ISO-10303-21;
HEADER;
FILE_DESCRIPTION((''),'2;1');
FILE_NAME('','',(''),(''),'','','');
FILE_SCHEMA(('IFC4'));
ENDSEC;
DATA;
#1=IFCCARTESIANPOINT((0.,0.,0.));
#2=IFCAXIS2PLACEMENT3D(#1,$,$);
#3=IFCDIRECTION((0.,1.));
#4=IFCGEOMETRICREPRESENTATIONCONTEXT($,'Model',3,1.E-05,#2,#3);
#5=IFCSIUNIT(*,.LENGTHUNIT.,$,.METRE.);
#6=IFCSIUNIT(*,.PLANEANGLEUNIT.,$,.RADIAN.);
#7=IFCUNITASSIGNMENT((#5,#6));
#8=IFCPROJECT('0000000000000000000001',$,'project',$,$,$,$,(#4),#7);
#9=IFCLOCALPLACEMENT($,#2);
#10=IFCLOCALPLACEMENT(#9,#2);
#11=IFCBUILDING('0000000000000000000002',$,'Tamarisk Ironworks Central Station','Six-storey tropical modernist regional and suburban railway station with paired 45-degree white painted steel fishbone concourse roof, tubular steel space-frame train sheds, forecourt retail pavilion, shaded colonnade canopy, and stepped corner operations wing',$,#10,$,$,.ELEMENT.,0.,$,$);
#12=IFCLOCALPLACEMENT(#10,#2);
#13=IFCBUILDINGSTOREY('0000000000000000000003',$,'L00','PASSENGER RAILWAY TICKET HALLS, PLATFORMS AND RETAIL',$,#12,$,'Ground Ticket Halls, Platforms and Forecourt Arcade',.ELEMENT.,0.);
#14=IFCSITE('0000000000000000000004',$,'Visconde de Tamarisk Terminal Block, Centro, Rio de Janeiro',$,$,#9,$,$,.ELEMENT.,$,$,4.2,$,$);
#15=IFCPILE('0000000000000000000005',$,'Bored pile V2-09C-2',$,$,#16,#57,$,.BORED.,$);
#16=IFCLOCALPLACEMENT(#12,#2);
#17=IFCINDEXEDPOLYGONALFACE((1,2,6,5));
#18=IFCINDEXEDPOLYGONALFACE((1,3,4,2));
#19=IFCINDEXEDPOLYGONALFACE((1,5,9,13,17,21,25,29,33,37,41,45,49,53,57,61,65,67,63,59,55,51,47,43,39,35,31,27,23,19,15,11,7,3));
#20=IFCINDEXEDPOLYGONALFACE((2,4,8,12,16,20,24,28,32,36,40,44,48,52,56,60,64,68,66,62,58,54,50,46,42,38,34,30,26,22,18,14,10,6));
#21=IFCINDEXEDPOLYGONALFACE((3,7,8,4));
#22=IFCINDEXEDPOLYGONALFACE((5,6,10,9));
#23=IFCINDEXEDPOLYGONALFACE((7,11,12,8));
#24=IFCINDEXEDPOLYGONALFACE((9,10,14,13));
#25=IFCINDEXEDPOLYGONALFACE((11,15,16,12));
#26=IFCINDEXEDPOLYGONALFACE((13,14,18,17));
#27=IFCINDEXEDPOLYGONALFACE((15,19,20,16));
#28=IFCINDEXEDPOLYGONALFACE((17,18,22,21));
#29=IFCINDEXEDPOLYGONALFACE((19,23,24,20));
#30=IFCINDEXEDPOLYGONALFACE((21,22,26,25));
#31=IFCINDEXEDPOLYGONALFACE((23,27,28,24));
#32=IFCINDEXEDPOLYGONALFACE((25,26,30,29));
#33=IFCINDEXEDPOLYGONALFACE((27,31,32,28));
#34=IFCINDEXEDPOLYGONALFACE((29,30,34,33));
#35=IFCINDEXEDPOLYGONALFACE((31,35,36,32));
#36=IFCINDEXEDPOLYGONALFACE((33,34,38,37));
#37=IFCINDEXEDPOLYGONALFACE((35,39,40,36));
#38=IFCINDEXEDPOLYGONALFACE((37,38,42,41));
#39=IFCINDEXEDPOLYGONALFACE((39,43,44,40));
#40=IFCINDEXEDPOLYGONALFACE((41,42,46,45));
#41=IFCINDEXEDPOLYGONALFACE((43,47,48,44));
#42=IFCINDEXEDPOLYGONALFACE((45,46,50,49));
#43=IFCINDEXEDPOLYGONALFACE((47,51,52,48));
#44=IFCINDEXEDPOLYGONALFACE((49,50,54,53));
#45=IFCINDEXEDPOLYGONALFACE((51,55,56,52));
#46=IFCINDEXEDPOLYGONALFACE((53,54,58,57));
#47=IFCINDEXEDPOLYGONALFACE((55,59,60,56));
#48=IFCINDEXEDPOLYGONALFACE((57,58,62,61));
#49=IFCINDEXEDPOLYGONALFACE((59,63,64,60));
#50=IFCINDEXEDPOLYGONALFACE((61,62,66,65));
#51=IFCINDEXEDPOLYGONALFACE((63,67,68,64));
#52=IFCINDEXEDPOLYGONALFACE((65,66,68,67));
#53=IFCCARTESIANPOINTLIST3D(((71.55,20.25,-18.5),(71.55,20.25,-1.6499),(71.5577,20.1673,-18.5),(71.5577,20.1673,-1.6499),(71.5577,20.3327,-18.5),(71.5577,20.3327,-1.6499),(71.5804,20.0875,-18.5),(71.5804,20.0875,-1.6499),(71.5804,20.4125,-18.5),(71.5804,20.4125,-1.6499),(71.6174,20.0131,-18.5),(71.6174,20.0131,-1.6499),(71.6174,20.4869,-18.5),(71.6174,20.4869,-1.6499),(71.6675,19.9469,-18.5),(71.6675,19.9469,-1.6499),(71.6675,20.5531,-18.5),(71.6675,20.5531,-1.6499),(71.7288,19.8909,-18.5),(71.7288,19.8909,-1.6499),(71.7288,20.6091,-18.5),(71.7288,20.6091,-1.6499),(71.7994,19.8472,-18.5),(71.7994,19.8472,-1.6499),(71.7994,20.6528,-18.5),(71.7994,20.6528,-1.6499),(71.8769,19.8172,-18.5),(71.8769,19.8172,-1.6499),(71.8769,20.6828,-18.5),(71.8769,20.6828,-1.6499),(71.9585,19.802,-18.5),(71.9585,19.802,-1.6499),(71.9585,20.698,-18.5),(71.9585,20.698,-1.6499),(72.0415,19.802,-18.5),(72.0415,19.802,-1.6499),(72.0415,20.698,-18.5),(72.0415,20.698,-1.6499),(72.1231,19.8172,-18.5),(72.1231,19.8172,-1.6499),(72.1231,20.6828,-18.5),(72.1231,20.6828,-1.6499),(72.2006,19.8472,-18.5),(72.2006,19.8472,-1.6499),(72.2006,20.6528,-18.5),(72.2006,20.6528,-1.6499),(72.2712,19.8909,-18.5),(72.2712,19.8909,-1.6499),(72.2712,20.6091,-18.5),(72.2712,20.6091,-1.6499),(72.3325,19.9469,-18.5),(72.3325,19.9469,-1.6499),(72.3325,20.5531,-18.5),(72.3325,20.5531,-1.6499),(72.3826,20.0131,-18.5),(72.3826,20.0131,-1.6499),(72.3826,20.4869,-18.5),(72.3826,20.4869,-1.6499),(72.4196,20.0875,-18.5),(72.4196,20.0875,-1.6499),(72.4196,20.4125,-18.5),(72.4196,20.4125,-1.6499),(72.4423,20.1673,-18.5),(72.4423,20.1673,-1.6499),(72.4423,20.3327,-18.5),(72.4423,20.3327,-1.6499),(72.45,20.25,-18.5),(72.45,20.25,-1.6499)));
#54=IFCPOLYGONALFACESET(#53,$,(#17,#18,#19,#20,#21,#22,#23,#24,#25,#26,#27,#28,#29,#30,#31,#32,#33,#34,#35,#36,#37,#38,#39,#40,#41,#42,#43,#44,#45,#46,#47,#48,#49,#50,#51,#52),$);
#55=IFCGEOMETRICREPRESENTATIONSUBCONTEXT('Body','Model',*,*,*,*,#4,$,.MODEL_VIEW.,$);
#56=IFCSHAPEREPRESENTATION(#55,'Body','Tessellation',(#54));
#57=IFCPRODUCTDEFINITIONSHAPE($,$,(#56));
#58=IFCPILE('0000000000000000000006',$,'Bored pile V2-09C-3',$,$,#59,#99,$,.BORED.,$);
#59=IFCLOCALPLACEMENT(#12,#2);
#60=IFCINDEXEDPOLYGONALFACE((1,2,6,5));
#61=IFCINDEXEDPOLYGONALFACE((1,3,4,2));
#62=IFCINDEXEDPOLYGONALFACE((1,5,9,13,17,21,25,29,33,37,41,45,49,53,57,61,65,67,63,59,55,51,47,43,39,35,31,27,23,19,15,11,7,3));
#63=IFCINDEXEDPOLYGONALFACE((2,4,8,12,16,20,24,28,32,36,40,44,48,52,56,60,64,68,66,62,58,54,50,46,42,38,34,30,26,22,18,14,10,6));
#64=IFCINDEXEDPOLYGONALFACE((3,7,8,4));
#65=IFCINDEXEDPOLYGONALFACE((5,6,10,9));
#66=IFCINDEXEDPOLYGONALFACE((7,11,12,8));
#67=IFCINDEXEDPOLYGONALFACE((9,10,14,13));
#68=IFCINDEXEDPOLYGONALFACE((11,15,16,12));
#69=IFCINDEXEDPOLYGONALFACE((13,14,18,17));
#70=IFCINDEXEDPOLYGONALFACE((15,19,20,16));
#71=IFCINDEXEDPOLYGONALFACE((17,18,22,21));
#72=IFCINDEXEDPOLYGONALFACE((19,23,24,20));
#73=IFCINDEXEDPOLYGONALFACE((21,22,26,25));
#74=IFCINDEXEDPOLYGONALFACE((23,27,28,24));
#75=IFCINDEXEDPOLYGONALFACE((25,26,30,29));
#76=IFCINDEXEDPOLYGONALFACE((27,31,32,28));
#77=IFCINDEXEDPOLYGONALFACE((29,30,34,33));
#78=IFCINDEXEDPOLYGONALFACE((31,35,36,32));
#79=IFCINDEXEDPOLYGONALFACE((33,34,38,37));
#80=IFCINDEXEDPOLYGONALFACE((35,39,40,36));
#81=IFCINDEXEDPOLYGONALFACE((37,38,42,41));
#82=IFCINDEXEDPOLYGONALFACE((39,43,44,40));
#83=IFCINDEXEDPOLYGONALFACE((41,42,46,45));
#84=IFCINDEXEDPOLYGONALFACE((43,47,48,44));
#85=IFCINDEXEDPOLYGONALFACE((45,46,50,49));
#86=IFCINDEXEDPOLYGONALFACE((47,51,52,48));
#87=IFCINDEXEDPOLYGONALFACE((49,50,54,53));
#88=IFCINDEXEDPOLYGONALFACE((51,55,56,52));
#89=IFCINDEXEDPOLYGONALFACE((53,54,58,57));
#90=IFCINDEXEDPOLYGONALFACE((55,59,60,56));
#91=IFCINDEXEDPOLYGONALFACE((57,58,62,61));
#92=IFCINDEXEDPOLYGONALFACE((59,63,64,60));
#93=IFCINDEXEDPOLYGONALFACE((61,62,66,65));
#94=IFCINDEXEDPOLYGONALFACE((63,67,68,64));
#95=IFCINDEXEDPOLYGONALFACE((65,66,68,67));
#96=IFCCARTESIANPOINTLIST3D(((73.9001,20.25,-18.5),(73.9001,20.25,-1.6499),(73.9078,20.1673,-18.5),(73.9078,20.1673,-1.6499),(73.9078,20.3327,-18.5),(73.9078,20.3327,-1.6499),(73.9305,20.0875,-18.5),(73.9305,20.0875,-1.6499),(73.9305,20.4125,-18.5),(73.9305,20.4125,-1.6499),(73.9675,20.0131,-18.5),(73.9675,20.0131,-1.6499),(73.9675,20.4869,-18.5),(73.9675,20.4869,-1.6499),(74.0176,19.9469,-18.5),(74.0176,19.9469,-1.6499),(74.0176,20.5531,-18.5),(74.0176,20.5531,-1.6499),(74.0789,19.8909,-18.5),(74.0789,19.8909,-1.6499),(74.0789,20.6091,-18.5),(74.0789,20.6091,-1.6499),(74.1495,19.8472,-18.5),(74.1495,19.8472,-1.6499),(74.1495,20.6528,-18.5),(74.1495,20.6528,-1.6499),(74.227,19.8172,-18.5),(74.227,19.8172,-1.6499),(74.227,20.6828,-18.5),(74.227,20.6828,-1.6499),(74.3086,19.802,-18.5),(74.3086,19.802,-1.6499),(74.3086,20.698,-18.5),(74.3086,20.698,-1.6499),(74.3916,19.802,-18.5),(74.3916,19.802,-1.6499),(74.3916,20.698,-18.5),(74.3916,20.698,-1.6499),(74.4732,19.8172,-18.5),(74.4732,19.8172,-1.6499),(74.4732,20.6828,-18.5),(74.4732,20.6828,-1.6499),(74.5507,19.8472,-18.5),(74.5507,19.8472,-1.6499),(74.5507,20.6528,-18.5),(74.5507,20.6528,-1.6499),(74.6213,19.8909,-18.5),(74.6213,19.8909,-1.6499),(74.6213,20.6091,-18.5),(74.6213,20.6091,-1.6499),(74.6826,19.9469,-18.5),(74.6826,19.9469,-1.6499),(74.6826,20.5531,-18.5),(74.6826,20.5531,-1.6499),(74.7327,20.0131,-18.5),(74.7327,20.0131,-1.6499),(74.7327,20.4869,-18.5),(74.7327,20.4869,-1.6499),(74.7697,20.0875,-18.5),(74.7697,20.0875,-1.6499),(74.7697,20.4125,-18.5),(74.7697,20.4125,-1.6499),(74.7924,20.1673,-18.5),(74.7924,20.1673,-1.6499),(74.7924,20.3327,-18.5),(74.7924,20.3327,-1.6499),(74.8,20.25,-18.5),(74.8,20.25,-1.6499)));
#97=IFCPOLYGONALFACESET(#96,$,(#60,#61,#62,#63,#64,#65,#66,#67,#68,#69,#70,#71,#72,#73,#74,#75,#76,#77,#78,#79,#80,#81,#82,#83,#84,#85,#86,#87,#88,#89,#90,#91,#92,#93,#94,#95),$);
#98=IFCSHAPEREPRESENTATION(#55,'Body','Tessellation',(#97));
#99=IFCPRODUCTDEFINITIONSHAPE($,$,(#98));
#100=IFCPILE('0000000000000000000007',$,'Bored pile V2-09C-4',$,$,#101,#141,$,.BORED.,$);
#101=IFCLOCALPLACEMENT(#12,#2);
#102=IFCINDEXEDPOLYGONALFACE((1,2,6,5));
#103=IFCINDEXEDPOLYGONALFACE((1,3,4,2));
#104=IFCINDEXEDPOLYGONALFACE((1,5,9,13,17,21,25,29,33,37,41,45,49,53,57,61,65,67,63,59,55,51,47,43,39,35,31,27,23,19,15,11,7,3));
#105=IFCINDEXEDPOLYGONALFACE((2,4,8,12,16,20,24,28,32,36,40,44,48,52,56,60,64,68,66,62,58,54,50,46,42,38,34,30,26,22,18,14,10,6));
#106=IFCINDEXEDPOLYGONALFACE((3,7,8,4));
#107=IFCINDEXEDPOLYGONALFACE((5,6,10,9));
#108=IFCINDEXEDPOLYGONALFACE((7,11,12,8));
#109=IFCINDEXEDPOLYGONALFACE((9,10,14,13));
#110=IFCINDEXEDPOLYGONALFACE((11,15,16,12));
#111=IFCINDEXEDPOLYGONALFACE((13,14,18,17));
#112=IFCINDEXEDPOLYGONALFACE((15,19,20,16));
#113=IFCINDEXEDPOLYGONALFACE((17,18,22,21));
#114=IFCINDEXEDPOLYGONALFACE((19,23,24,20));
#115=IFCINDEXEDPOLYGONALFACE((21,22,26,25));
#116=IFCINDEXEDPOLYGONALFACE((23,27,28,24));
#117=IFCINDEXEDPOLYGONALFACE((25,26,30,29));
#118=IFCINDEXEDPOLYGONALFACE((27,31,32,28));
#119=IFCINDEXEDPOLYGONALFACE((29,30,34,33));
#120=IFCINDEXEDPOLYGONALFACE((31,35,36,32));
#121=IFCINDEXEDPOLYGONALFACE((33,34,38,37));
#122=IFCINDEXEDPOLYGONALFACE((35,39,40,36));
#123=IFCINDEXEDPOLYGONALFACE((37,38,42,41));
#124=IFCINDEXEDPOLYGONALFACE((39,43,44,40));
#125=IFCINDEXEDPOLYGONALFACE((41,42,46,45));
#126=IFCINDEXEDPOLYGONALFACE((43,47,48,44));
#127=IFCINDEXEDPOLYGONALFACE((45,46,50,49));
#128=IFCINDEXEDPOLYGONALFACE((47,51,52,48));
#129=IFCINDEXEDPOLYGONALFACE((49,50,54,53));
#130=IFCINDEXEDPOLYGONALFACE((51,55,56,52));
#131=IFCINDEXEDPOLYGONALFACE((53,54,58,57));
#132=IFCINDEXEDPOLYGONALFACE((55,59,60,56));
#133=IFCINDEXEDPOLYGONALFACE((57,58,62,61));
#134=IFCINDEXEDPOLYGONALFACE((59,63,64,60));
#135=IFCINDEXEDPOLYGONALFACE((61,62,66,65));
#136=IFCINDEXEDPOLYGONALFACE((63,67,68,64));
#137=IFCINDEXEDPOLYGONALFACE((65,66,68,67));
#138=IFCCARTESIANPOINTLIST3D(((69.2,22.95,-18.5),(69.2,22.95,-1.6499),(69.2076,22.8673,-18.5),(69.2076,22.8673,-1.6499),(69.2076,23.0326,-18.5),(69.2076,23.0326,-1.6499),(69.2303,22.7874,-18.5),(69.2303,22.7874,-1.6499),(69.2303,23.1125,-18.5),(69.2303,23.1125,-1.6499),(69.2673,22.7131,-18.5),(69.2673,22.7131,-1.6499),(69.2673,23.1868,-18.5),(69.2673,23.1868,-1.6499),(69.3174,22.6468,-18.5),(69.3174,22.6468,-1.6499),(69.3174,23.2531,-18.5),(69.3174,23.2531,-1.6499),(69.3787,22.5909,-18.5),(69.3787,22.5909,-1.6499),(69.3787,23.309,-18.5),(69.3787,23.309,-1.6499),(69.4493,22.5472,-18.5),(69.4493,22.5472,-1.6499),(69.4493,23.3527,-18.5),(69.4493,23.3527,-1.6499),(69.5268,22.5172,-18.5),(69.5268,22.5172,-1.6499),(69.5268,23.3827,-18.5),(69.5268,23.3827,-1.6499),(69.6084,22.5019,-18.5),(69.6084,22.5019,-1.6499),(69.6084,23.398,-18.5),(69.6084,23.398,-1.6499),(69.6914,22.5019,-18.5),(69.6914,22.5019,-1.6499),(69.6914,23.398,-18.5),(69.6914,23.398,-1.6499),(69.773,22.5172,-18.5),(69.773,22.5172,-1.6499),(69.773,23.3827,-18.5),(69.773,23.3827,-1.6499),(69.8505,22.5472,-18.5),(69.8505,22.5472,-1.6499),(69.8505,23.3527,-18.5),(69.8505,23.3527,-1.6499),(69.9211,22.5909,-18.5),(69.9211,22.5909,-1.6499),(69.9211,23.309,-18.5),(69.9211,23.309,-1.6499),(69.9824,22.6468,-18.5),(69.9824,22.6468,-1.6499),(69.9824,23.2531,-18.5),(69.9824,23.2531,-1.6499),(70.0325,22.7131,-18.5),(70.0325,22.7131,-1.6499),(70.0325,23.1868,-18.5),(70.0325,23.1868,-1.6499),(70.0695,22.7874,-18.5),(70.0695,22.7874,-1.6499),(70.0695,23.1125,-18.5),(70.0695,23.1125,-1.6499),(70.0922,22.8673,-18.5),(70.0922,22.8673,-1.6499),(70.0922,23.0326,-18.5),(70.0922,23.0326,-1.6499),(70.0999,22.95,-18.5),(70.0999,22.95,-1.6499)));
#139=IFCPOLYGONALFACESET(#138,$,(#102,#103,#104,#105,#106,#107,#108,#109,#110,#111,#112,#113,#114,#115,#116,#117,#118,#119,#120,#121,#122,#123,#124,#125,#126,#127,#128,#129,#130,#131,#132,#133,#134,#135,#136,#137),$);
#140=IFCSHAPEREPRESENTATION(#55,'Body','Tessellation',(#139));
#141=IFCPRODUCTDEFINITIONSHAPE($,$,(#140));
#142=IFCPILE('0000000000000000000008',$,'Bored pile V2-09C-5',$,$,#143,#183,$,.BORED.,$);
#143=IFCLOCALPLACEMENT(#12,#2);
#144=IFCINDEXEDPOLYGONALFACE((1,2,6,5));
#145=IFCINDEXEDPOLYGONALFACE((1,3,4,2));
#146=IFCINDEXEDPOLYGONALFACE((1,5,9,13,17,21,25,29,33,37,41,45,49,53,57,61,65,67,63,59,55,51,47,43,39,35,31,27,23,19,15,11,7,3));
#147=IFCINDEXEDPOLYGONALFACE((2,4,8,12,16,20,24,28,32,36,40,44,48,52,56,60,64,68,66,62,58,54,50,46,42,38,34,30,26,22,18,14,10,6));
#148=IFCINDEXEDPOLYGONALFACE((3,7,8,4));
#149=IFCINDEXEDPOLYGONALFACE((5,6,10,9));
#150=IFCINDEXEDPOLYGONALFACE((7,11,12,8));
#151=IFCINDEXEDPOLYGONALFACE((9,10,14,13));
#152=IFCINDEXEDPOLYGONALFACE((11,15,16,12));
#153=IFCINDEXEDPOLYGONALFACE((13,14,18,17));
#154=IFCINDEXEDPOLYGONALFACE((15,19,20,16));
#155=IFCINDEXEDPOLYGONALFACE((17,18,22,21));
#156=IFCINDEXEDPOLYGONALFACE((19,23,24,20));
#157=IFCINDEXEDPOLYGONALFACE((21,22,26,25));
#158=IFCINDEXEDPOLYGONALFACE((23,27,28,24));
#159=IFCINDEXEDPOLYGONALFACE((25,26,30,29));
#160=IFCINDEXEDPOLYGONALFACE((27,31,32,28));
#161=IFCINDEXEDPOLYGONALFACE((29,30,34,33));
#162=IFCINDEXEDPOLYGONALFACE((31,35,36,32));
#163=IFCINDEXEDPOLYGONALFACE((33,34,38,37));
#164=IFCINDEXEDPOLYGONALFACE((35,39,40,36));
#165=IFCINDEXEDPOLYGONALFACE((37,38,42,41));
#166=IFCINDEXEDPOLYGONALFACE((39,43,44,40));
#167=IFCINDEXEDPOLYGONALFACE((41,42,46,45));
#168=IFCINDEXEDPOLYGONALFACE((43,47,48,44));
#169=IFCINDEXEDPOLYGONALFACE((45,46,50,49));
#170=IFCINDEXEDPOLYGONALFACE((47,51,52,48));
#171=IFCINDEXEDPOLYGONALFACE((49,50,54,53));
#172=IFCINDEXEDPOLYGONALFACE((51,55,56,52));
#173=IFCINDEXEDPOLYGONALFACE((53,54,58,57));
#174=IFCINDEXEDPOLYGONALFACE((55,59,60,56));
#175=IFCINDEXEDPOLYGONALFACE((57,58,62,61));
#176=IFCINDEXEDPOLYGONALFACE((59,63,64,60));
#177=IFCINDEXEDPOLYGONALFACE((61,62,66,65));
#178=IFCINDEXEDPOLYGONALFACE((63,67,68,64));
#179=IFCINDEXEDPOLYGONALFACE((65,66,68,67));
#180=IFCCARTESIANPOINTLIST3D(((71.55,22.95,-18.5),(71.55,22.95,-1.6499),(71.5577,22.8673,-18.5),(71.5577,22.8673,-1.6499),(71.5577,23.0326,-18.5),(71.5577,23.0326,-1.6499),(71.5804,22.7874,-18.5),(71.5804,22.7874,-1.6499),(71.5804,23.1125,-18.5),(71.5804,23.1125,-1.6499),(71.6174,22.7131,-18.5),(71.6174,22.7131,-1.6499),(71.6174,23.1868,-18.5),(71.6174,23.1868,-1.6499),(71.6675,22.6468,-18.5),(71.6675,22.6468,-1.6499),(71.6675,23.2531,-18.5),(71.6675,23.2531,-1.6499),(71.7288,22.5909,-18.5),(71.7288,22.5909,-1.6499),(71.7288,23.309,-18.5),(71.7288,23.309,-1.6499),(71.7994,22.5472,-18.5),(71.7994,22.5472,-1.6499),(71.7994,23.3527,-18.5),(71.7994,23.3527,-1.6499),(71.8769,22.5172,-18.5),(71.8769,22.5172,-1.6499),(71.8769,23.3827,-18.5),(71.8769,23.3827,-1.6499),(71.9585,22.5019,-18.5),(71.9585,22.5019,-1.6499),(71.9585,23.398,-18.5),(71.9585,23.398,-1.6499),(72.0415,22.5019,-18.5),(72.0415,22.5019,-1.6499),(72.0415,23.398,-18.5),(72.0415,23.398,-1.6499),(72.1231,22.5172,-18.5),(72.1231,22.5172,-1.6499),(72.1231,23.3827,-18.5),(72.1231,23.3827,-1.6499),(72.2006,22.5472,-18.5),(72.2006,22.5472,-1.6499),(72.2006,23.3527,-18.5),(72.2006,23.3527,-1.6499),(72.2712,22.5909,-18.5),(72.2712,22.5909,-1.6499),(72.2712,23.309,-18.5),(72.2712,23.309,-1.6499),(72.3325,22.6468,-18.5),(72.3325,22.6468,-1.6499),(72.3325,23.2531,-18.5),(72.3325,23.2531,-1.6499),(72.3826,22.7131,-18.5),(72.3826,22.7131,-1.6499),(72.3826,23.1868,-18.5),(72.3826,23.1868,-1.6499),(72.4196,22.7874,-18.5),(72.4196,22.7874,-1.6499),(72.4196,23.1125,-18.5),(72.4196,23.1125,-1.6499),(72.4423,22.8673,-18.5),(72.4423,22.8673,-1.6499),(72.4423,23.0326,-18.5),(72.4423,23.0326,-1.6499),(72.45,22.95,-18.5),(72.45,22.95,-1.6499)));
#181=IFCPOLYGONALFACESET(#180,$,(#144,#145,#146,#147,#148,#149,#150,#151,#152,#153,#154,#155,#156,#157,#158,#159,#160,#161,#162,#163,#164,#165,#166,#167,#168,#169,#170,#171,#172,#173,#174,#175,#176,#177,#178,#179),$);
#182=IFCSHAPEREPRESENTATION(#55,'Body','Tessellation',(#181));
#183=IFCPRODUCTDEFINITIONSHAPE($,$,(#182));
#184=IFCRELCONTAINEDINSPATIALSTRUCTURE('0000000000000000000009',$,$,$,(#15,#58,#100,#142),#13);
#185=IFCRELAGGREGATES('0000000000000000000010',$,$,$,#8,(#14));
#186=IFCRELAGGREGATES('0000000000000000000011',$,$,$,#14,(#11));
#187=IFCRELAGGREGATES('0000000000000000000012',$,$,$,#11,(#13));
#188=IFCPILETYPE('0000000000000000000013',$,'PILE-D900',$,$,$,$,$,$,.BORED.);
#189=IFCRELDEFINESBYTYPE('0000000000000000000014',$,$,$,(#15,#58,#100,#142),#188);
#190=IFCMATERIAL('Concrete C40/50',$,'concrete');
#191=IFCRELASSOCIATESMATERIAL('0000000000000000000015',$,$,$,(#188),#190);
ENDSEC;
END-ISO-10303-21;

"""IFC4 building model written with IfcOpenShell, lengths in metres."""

from ifc_helpers import new_model, si_unit, direction, frame, origin, origin_2d, place, context, subcontext, project, spatial, circle, extrude, material, material_profile, profile_set, type_object, element, save


model = new_model("IFC4")

# Units and contexts
model_context = context("Model", 3, precision=1e-05, world=origin(), true_north=direction((0.0, 1.0)))
body_context = subcontext(model_context, "Body", "Model", "MODEL_VIEW")
ifc_project = project(units=[si_unit("LENGTHUNIT", "METRE"), si_unit("PLANEANGLEUNIT", "RADIAN")], contexts=[model_context])

# Site, building, storey
site_placement = place(None, origin())
site = spatial("IfcSite", under=ifc_project, at=site_placement, Name="Visconde de Tamarisk Terminal Block, Centro, Rio de Janeiro", CompositionType="ELEMENT", RefElevation=4.2)
building_placement = place(site_placement, origin())
building = spatial("IfcBuilding", under=site, at=building_placement, Name="Tamarisk Ironworks Central Station", Description="Six-storey tropical modernist regional and suburban railway station with paired 45-degree white painted steel fishbone concourse roof, tubular steel space-frame train sheds, forecourt retail pavilion, shaded colonnade canopy, and stepped corner operations wing", CompositionType="ELEMENT", ElevationOfRefHeight=0.0)
storey_placement = place(building_placement, origin())
storey = spatial("IfcBuildingStorey", under=building, at=storey_placement, Name="L00", Description="PASSENGER RAILWAY TICKET HALLS, PLATFORMS AND RETAIL", LongName="Ground Ticket Halls, Platforms and Forecourt Arcade", CompositionType="ELEMENT", Elevation=0.0)

# Shared definitions
ifc_material_1 = material(Name="Concrete C40/50", Category="concrete")

# Piles
ifc_material_profile_1 = material_profile(ifc_material_1, circle(Radius=0.45, at=origin_2d()), Name="BORED PILE D900")
ifc_profile_set_1 = profile_set([ifc_material_profile_1], Name="Concrete C40/50")
pile_type_1 = type_object("IfcPileType", Name="PILE-D900", PredefinedType="BORED", material=ifc_profile_set_1)
for number, where, z_axis, x_axis, name in (
    (1, (72.0, 20.25, -1.6499), (0.0, 0.0, -1.0), (1.0, 0.0, 0.0), "Bored pile V2-09C-2"),
    (2, (74.3501, 20.25, -1.6499), (0.0, 0.0, -1.0), (1.0, 0.0, 0.0), "Bored pile V2-09C-3"),
    (3, (69.6499, 22.95, -1.6499), (0.0, 0.0, -1.0), (1.0, 0.0, 0.0), "Bored pile V2-09C-4"),
    (4, (72.0, 22.95, -1.6499), (0.0, 0.0, -1.0), (1.0, 0.0, 0.0), "Bored pile V2-09C-5"),
):
    element("IfcPile", number, at=place(storey_placement, frame(where, z_axis=z_axis, x_axis=x_axis)), inside=storey, type_object=pile_type_1, Name=name, PredefinedType="BORED", context=body_context, shape_type="SweptSolid", body=[
        extrude(circle(Radius=0.45, at=origin_2d()), origin(), (0.0, 0.0, 1.0), 16.8501),
    ])

save(model, "model.ifc")
